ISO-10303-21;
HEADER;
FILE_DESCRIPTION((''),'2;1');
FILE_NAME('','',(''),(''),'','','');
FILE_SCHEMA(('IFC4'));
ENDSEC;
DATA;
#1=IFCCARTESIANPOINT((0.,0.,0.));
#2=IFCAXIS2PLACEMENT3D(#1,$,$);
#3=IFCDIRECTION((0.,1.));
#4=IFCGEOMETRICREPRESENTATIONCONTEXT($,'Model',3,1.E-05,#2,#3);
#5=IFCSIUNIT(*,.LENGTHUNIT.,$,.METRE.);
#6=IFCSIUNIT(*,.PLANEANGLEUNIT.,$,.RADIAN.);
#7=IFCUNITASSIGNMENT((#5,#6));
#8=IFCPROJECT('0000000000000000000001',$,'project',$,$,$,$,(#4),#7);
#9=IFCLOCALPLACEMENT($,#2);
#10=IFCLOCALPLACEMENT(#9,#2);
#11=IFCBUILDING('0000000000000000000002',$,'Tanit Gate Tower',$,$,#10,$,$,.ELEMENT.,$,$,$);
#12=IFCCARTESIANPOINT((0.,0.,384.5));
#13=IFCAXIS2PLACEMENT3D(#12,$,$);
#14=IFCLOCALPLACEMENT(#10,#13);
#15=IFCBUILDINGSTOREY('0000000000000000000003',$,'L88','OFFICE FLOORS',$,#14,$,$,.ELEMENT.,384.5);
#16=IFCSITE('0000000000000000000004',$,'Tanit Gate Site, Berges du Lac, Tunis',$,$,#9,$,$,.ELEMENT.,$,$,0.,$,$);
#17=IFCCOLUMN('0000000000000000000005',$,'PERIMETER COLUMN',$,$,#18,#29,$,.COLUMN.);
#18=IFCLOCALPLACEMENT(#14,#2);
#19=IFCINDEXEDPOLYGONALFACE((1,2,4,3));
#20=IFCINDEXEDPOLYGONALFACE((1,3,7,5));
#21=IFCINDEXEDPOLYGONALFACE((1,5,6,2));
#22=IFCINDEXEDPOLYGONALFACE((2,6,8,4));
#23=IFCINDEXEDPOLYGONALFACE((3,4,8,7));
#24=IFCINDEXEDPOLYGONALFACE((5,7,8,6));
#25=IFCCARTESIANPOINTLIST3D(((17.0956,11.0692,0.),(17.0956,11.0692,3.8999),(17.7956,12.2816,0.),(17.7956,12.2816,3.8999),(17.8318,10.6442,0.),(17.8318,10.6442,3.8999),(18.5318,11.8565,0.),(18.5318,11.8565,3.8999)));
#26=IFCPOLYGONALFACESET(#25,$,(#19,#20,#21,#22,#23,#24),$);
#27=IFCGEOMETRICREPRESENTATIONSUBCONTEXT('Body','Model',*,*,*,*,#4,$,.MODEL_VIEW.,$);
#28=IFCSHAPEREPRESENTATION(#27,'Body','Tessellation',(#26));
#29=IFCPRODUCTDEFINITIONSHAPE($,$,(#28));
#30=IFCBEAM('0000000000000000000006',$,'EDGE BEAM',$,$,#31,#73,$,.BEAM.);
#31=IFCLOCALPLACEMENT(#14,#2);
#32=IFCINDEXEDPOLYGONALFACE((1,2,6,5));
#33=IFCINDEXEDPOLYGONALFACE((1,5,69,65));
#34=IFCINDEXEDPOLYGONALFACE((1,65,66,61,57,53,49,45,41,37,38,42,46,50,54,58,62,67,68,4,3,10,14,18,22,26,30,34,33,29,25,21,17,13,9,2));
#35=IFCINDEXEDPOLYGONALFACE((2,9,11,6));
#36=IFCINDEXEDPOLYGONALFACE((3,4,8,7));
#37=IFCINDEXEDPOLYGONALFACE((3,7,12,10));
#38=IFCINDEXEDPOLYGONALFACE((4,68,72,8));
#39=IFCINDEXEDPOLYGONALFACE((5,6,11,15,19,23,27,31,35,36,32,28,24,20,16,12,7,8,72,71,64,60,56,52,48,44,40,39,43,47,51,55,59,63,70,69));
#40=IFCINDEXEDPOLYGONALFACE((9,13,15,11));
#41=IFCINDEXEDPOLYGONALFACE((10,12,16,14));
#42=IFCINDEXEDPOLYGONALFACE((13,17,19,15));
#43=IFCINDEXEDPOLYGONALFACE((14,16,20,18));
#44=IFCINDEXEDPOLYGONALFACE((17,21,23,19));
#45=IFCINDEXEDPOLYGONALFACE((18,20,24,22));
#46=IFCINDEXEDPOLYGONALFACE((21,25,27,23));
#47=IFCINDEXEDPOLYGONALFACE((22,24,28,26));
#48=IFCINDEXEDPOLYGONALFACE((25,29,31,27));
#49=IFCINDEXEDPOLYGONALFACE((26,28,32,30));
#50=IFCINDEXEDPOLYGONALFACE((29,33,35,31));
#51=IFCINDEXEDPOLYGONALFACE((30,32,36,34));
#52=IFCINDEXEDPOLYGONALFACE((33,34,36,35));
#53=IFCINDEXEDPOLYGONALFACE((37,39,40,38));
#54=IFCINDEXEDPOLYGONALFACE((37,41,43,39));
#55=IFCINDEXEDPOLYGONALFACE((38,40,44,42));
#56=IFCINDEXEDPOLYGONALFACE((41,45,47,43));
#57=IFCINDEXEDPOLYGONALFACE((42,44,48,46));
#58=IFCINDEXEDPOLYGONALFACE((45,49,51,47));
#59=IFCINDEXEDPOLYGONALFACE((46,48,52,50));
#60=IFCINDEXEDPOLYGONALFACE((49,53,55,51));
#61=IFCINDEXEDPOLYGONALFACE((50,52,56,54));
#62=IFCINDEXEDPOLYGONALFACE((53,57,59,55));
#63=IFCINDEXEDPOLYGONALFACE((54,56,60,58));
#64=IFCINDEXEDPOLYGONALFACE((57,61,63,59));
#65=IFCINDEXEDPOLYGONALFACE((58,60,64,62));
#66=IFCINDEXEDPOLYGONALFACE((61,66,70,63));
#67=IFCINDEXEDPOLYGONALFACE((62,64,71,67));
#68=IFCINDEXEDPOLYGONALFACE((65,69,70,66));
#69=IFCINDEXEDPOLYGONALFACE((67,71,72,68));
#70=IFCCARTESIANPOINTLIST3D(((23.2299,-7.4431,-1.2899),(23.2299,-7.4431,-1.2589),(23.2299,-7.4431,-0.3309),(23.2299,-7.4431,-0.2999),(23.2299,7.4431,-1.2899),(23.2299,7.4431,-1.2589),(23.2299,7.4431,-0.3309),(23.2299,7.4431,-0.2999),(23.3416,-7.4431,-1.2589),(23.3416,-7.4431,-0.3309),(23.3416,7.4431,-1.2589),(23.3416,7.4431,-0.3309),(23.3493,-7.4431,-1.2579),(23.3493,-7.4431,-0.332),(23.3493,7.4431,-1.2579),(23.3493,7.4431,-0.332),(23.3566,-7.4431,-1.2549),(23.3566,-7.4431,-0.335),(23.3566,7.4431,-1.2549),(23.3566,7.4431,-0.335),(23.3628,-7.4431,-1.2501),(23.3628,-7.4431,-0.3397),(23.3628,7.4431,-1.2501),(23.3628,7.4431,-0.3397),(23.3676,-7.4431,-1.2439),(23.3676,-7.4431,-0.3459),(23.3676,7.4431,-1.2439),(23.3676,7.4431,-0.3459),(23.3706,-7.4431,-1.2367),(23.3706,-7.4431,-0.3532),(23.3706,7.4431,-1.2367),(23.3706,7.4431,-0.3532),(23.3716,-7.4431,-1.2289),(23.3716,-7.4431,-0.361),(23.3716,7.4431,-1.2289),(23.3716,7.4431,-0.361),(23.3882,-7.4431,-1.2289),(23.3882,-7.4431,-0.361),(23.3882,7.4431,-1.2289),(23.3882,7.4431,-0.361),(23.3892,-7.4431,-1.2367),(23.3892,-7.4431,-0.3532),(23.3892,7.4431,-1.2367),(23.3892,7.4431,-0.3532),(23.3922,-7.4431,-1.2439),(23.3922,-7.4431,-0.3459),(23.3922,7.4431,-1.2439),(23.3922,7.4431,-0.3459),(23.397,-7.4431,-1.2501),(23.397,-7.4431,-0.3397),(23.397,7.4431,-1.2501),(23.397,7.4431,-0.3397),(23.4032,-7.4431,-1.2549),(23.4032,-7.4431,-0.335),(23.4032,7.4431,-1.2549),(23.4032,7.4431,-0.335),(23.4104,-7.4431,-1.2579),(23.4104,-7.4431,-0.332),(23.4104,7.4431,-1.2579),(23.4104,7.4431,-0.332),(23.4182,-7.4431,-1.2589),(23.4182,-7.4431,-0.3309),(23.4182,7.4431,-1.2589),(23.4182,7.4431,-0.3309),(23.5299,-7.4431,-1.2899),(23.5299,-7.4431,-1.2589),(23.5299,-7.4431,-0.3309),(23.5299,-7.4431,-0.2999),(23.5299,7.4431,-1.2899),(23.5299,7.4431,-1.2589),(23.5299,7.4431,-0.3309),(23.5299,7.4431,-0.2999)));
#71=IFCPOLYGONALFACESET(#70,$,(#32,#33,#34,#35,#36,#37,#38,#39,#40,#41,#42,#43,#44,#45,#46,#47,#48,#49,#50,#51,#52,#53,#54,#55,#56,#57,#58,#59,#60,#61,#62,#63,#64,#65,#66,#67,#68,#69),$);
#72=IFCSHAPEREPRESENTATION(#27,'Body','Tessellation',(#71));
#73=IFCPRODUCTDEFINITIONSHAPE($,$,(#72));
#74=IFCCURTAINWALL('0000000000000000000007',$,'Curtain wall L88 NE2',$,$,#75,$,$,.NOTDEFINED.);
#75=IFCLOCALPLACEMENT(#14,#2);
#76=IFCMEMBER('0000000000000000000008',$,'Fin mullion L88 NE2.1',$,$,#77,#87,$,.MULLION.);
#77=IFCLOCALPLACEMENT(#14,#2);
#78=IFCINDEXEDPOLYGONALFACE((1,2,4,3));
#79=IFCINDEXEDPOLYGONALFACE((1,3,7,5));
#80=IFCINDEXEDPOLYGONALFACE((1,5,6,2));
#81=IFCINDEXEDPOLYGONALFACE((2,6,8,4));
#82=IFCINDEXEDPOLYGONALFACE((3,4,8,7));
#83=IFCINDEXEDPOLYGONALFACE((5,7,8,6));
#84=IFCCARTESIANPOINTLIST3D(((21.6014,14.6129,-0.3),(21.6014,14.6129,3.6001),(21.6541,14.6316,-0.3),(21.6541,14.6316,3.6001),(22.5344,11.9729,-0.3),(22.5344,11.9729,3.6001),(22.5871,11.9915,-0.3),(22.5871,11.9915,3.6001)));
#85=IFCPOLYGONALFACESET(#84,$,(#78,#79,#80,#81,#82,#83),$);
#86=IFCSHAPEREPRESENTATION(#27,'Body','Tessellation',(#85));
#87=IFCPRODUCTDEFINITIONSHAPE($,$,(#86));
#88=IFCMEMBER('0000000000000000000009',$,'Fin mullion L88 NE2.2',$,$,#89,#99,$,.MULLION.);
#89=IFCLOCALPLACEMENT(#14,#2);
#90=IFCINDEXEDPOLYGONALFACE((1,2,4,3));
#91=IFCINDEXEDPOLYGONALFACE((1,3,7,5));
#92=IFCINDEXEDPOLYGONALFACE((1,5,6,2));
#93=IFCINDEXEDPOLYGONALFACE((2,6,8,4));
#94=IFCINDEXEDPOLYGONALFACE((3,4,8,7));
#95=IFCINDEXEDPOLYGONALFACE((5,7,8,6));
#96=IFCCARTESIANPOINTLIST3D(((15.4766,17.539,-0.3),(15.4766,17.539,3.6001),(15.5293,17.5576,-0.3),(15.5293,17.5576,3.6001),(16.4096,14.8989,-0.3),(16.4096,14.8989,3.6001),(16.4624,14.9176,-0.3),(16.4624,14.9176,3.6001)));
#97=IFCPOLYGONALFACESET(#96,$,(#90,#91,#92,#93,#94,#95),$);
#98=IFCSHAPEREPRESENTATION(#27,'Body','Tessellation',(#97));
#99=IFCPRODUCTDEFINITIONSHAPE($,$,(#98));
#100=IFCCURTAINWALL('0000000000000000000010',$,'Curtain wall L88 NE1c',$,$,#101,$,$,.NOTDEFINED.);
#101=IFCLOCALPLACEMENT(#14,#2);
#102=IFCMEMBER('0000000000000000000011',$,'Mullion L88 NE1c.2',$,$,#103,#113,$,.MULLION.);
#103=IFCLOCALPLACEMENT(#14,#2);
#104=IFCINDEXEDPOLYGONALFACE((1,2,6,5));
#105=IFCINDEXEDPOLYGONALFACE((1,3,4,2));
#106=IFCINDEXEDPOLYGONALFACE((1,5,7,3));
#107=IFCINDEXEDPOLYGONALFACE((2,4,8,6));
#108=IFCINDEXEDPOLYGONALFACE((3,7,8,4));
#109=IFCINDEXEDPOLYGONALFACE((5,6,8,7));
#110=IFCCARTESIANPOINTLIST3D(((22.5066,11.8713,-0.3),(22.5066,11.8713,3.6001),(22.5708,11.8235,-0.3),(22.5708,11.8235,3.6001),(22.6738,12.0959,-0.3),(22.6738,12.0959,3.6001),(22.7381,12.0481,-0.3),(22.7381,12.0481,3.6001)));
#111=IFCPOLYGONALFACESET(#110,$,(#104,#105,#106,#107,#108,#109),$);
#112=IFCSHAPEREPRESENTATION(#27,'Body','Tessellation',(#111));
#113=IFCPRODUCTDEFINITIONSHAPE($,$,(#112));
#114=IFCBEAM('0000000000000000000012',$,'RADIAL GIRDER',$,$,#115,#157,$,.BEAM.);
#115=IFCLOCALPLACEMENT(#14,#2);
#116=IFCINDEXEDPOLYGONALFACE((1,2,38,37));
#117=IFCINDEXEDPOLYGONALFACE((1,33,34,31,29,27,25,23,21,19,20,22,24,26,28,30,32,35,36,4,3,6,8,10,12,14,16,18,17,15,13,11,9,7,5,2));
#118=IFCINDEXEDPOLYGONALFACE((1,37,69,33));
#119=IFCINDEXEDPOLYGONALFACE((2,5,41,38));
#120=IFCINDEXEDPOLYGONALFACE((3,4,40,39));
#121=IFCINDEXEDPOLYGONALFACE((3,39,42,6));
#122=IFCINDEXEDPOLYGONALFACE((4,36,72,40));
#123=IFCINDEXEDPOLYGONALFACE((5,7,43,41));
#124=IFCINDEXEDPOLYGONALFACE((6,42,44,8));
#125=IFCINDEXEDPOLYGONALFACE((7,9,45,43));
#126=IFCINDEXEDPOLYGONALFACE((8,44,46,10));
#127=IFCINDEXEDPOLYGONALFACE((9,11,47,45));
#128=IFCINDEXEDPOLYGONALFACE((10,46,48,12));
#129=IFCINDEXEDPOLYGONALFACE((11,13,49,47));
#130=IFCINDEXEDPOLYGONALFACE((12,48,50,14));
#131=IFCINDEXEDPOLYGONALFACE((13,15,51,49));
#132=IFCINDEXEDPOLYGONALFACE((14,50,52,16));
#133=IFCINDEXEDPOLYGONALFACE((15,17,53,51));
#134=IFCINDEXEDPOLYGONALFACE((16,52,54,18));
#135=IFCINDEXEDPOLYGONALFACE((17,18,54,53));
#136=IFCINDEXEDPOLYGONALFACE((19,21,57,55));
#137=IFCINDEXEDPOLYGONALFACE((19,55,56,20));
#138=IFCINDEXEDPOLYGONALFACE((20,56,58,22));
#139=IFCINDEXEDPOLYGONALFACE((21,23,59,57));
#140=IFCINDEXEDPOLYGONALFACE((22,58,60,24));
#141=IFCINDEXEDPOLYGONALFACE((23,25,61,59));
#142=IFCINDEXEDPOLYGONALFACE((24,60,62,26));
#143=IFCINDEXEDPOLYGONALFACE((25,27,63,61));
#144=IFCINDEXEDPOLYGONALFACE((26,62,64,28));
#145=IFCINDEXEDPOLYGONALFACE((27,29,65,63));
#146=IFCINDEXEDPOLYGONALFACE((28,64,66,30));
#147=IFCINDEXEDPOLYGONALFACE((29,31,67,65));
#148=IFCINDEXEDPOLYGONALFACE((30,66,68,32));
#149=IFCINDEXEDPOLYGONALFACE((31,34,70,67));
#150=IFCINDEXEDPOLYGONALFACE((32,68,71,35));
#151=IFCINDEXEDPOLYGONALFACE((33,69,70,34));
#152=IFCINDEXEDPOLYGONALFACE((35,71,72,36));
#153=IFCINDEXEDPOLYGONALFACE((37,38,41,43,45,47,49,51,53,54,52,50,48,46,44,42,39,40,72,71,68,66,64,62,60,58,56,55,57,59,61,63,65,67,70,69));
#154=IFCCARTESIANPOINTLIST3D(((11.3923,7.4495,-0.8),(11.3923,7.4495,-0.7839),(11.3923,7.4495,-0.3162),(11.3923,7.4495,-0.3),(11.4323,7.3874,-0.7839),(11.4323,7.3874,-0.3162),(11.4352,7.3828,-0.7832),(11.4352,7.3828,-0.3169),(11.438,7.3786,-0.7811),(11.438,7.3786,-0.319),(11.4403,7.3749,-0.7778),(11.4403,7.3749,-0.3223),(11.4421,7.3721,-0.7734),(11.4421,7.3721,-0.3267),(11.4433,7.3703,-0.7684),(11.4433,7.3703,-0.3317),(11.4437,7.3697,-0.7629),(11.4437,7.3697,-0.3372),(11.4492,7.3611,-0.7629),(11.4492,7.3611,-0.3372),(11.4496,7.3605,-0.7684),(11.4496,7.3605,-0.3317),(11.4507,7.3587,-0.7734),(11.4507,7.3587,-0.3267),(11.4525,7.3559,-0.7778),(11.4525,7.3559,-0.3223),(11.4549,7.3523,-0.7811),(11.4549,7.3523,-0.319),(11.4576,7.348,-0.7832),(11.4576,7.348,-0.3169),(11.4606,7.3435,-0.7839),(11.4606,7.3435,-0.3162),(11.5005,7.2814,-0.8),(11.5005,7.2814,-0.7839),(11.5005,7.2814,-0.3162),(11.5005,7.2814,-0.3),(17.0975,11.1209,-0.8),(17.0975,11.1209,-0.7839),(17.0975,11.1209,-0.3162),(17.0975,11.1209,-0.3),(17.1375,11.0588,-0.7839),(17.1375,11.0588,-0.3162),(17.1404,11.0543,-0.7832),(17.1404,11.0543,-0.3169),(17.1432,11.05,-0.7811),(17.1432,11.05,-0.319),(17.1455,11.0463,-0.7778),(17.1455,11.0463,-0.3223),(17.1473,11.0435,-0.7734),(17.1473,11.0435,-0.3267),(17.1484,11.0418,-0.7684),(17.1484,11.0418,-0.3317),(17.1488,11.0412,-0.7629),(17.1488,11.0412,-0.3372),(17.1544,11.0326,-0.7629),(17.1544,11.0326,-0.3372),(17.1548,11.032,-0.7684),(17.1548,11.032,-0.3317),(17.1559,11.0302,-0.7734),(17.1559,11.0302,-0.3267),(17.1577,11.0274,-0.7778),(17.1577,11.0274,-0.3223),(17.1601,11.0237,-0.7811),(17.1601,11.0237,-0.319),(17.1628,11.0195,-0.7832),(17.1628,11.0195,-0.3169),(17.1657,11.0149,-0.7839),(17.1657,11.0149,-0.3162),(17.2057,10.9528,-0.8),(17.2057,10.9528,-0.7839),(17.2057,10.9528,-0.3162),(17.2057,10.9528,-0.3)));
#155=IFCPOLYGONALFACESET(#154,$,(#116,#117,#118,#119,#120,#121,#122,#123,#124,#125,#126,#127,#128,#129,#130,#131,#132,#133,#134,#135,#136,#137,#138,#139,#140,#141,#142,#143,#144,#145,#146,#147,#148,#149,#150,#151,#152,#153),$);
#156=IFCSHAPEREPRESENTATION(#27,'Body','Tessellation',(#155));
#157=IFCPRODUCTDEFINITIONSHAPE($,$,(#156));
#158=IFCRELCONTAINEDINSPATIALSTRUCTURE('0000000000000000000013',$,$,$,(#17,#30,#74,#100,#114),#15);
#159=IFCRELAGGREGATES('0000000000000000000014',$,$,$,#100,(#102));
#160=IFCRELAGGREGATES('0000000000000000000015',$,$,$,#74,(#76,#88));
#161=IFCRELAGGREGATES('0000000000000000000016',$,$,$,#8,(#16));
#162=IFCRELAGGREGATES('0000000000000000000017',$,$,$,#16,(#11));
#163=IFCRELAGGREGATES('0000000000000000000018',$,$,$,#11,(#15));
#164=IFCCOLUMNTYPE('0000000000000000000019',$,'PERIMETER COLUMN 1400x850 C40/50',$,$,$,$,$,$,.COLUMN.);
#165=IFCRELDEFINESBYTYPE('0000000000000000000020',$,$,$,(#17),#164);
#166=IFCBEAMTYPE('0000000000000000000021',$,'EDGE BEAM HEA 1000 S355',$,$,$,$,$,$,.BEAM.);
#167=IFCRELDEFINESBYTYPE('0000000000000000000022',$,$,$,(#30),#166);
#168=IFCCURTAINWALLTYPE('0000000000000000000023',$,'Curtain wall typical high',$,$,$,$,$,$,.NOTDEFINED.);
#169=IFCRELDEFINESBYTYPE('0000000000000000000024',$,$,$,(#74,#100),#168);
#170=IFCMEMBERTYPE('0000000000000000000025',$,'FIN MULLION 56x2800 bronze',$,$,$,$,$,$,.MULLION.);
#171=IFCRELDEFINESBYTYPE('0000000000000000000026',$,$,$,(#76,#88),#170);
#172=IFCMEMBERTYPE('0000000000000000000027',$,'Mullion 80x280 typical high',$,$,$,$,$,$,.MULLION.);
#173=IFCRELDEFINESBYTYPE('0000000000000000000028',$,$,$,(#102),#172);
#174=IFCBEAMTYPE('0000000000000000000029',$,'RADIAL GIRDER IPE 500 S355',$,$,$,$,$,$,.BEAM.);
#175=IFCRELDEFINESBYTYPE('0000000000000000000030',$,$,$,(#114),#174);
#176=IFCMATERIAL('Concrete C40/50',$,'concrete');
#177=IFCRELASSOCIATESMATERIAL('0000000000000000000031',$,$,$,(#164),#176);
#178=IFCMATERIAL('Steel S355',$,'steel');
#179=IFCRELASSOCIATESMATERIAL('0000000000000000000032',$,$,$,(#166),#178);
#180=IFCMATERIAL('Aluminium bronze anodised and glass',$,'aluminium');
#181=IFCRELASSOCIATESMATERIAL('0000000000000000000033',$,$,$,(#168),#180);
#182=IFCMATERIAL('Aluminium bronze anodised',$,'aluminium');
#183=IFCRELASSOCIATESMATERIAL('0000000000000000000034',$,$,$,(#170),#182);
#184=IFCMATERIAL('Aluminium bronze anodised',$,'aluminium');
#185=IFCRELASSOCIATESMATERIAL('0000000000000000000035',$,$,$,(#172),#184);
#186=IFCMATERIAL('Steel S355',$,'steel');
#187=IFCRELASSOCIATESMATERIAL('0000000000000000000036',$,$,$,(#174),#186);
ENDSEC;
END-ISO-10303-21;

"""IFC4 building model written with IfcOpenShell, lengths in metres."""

from ifc_helpers import new_model, si_unit, direction, frame, origin, origin_2d, place, context, subcontext, project, spatial, rectangle, i_section, extrude, material, material_profile, profile_set, type_object, element, aggregate, save


model = new_model("IFC4")

# Units and contexts
model_context = context("Model", 3, precision=1e-05, world=origin(), true_north=direction((0.0, 1.0)))
body_context = subcontext(model_context, "Body", "Model", "MODEL_VIEW")
ifc_project = project(units=[si_unit("LENGTHUNIT", "METRE"), si_unit("PLANEANGLEUNIT", "RADIAN")], contexts=[model_context])

# Site, building, storey
site_placement = place(None, origin())
site = spatial("IfcSite", under=ifc_project, at=site_placement, Name="Tanit Gate Site, Berges du Lac, Tunis", CompositionType="ELEMENT", RefElevation=0.0)
building_placement = place(site_placement, origin())
building = spatial("IfcBuilding", under=site, at=building_placement, Name="Tanit Gate Tower", CompositionType="ELEMENT")
storey_placement = place(building_placement, frame((0.0, 0.0, 384.5)))
storey = spatial("IfcBuildingStorey", under=building, at=storey_placement, Name="L88", Description="OFFICE FLOORS", CompositionType="ELEMENT", Elevation=384.5)

# Column
ifc_material_1 = material(Name="Concrete C40/50", Category="concrete")
ifc_material_profile_1 = material_profile(ifc_material_1, rectangle(XDim=1.3999, YDim=0.8501, at=origin_2d()), Name="RC 1400x850")
ifc_profile_set_1 = profile_set([ifc_material_profile_1], Name="Concrete C40/50")
column_type = type_object("IfcColumnType", Name="PERIMETER COLUMN 1400x850 C40/50", PredefinedType="COLUMN", material=ifc_profile_set_1)
column_placement = place(storey_placement, frame((17.8137, 11.4629, 0.0), z_axis=(0.0, 0.0, 1.0), x_axis=(0.5, 0.866025, 0.0)))
element("IfcColumn", 1, at=column_placement, inside=storey, type_object=column_type, Name="PERIMETER COLUMN", PredefinedType="COLUMN", context=body_context, shape_type="SweptSolid", body=[
    extrude(rectangle(XDim=1.3999, YDim=0.8501, at=origin_2d()), origin(), (0.0, 0.0, 1.0), 3.8999),
])

# Beam
ifc_material_2 = material(Name="Steel S355", Category="steel")
ifc_material_profile_2 = material_profile(ifc_material_2, i_section(OverallWidth=0.3, OverallDepth=0.99, WebThickness=0.0166, FlangeThickness=0.031, FilletRadius=0.03, at=origin_2d()), Name="HEA 1000")
ifc_profile_set_2 = profile_set([ifc_material_profile_2], Name="Steel S355")
beam_type_1 = type_object("IfcBeamType", Name="EDGE BEAM HEA 1000 S355", PredefinedType="BEAM", material=ifc_profile_set_2)
beam_1_placement = place(storey_placement, frame((23.3799, 7.4431, -0.7949), z_axis=(0.0, -1.0, 0.0), x_axis=(1.0, 0.0, 0.0)))
element("IfcBeam", 2, at=beam_1_placement, inside=storey, type_object=beam_type_1, Name="EDGE BEAM", PredefinedType="BEAM", context=body_context, shape_type="SweptSolid", body=[
    extrude(i_section(OverallWidth=0.3, OverallDepth=0.99, WebThickness=0.0166, FlangeThickness=0.031, FilletRadius=0.03, at=origin_2d()), origin(), (0.0, 0.0, 1.0), 14.8862),
])

# Curtain wall, members
ifc_material_3 = material(Name="Aluminium bronze anodised and glass", Category="aluminium")
curtain_wall_type = type_object("IfcCurtainWallType", Name="Curtain wall typical high", PredefinedType="NOTDEFINED", material=ifc_material_3)
curtain_wall_1_placement = place(storey_placement, origin())
curtain_wall_1 = element("IfcCurtainWall", 3, at=curtain_wall_1_placement, inside=storey, type_object=curtain_wall_type, Name="Curtain wall L88 NE2", PredefinedType="NOTDEFINED")
ifc_material_4 = material(Name="Aluminium bronze anodised", Category="aluminium")
ifc_material_profile_3 = material_profile(ifc_material_4, rectangle(XDim=2.8, YDim=0.0559, at=origin_2d()), Name="56x2800 bronze fin mullion")
ifc_profile_set_3 = profile_set([ifc_material_profile_3], Name="Aluminium bronze anodised")
member_type_1 = type_object("IfcMemberType", Name="FIN MULLION 56x2800 bronze", PredefinedType="MULLION", material=ifc_profile_set_3)
member_1_placement = place(storey_placement, frame((22.0942, 13.3022, -0.3), z_axis=(0.0, 0.0, 1.0), x_axis=(0.33322, -0.942849, 0.0)))
member_1 = element("IfcMember", 4, at=member_1_placement, type_object=member_type_1, Name="Fin mullion L88 NE2.1", PredefinedType="MULLION", context=body_context, shape_type="SweptSolid", body=[
    extrude(rectangle(XDim=2.8, YDim=0.0559, at=origin_2d()), origin(), (0.0, 0.0, 1.0), 3.9001),
])
member_2_placement = place(storey_placement, frame((15.9695, 16.2283, -0.3), z_axis=(0.0, 0.0, 1.0), x_axis=(0.33322, -0.942849, 0.0)))
member_2 = element("IfcMember", 5, at=member_2_placement, type_object=member_type_1, Name="Fin mullion L88 NE2.2", PredefinedType="MULLION", context=body_context, shape_type="SweptSolid", body=[
    extrude(rectangle(XDim=2.8, YDim=0.0559, at=origin_2d()), origin(), (0.0, 0.0, 1.0), 3.9001),
])

# Curtain wall, member
curtain_wall_2_placement = place(storey_placement, origin())
curtain_wall_2 = element("IfcCurtainWall", 6, at=curtain_wall_2_placement, inside=storey, type_object=curtain_wall_type, Name="Curtain wall L88 NE1c", PredefinedType="NOTDEFINED")
ifc_material_5 = material(Name="Aluminium bronze anodised", Category="aluminium")
ifc_material_profile_4 = material_profile(ifc_material_5, rectangle(XDim=0.28, YDim=0.0801, at=origin_2d()), Name="80x280 bronze mullion")
ifc_profile_set_4 = profile_set([ifc_material_profile_4], Name="Aluminium bronze anodised")
member_type_2 = type_object("IfcMemberType", Name="Mullion 80x280 typical high", PredefinedType="MULLION", material=ifc_profile_set_4)
member_3_placement = place(storey_placement, frame((22.6223, 11.9597, -0.3), z_axis=(0.0, 0.0, 1.0), x_axis=(-0.597341, -0.801988, 0.0)))
member_3 = element("IfcMember", 7, at=member_3_placement, type_object=member_type_2, Name="Mullion L88 NE1c.2", PredefinedType="MULLION", context=body_context, shape_type="SweptSolid", body=[
    extrude(rectangle(XDim=0.28, YDim=0.0801, at=origin_2d()), origin(), (0.0, 0.0, 1.0), 3.9001),
])

# Beam
ifc_material_6 = material(Name="Steel S355", Category="steel")
ifc_material_profile_5 = material_profile(ifc_material_6, i_section(OverallWidth=0.2, OverallDepth=0.5, WebThickness=0.0103, FlangeThickness=0.0161, FilletRadius=0.021, at=origin_2d()), Name="IPE 500")
ifc_profile_set_5 = profile_set([ifc_material_profile_5], Name="Steel S355")
beam_type_2 = type_object("IfcBeamType", Name="RADIAL GIRDER IPE 500 S355", PredefinedType="BEAM", material=ifc_profile_set_5)
beam_2_placement = place(storey_placement, frame((17.1516, 11.0369, -0.55), z_axis=(-0.840921, -0.541158, 0.0), x_axis=(0.541158, -0.840921, 0.0)))
element("IfcBeam", 8, at=beam_2_placement, inside=storey, type_object=beam_type_2, Name="RADIAL GIRDER", PredefinedType="BEAM", context=body_context, shape_type="SweptSolid", body=[
    extrude(i_section(OverallWidth=0.2, OverallDepth=0.5, WebThickness=0.0103, FlangeThickness=0.0161, FilletRadius=0.021, at=origin_2d()), origin(), (0.0, 0.0, 1.0), 6.7844),
])

aggregate(curtain_wall_2, [member_3])
aggregate(curtain_wall_1, [member_1, member_2])

save(model, "model.ifc")
